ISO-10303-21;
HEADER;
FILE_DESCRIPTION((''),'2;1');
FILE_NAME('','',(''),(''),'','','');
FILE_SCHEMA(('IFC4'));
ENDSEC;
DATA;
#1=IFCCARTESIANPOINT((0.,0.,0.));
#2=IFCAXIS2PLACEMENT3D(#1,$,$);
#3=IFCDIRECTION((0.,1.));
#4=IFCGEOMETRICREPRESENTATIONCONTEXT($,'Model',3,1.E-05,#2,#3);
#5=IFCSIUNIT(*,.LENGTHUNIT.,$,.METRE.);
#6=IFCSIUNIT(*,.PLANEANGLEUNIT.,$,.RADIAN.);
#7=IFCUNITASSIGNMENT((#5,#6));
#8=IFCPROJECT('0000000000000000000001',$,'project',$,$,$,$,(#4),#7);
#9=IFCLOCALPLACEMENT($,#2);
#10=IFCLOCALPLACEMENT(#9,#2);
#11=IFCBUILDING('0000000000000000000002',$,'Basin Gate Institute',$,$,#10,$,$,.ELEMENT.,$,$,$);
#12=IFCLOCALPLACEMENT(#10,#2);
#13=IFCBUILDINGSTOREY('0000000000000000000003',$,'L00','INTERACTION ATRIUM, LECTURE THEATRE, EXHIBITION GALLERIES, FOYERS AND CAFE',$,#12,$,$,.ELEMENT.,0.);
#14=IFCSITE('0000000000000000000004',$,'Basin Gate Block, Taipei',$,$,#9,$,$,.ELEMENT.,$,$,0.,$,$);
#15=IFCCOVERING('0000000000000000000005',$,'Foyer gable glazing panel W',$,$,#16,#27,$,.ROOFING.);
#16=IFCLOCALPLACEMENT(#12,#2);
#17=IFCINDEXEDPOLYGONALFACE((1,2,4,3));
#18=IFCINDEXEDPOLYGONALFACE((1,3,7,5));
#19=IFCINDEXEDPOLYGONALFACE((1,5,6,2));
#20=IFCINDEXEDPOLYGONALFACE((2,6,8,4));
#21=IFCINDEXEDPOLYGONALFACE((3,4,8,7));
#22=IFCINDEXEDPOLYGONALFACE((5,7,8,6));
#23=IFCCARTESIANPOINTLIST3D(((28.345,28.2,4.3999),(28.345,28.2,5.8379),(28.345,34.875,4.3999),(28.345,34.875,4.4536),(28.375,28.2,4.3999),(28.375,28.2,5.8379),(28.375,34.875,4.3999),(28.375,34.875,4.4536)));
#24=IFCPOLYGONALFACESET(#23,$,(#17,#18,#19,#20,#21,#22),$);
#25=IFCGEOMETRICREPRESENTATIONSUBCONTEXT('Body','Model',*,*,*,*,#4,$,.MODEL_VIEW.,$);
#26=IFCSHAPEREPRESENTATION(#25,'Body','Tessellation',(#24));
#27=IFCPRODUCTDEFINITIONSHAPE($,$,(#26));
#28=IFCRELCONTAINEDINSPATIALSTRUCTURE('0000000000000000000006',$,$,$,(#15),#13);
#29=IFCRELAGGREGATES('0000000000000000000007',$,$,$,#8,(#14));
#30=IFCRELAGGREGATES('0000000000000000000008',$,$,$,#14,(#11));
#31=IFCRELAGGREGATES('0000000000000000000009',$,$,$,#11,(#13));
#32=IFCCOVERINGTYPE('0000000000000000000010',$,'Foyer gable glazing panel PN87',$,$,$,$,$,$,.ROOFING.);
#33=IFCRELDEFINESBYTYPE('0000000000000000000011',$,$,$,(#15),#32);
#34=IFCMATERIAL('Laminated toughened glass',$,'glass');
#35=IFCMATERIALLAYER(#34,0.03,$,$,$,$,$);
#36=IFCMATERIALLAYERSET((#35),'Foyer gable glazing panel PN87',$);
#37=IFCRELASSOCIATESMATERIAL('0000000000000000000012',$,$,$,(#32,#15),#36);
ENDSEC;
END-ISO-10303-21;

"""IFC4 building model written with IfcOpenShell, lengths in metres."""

from ifc_helpers import new_model, si_unit, direction, frame, origin, place, context, subcontext, project, spatial, polyline, outline, extrude, material, layer, layer_set, type_object, element, save


model = new_model("IFC4")

# Units and contexts
model_context = context("Model", 3, precision=1e-05, world=origin(), true_north=direction((0.0, 1.0)))
body_context = subcontext(model_context, "Body", "Model", "MODEL_VIEW")
ifc_project = project(units=[si_unit("LENGTHUNIT", "METRE"), si_unit("PLANEANGLEUNIT", "RADIAN")], contexts=[model_context])

# Site, building, storey
site_placement = place(None, origin())
site = spatial("IfcSite", under=ifc_project, at=site_placement, Name="Basin Gate Block, Taipei", CompositionType="ELEMENT", RefElevation=0.0)
building_placement = place(site_placement, origin())
building = spatial("IfcBuilding", under=site, at=building_placement, Name="Basin Gate Institute", CompositionType="ELEMENT")
storey_placement = place(building_placement, origin())
storey = spatial("IfcBuildingStorey", under=building, at=storey_placement, Name="L00", Description="INTERACTION ATRIUM, LECTURE THEATRE, EXHIBITION GALLERIES, FOYERS AND CAFE", CompositionType="ELEMENT", Elevation=0.0)

# Covering
ifc_material_1 = material(Name="Laminated toughened glass", Category="glass")
ifc_layer_1 = layer(ifc_material_1, 0.03)
ifc_layer_set_1 = layer_set([ifc_layer_1], Name="Foyer gable glazing panel PN87")
covering_type = type_object("IfcCoveringType", Name="Foyer gable glazing panel PN87", PredefinedType="ROOFING", material=ifc_layer_set_1)
covering_placement = place(storey_placement, frame((28.375, 28.2, 4.3999), z_axis=(1.0, 0.0, 0.0), x_axis=(0.0, 1.0, 0.0)))
element("IfcCovering", 1, at=covering_placement, inside=storey, type_object=covering_type, material=ifc_layer_set_1, Name="Foyer gable glazing panel W", PredefinedType="ROOFING", context=body_context, shape_type="SweptSolid", body=[
    extrude(outline(polyline([(0.0, 0.0), (6.675, 0.0), (6.675, 0.0537), (0.0, 1.438), (0.0, 0.0)])), origin(), (0.0, 0.0, -1.0), 0.03),
])

save(model, "model.ifc")
